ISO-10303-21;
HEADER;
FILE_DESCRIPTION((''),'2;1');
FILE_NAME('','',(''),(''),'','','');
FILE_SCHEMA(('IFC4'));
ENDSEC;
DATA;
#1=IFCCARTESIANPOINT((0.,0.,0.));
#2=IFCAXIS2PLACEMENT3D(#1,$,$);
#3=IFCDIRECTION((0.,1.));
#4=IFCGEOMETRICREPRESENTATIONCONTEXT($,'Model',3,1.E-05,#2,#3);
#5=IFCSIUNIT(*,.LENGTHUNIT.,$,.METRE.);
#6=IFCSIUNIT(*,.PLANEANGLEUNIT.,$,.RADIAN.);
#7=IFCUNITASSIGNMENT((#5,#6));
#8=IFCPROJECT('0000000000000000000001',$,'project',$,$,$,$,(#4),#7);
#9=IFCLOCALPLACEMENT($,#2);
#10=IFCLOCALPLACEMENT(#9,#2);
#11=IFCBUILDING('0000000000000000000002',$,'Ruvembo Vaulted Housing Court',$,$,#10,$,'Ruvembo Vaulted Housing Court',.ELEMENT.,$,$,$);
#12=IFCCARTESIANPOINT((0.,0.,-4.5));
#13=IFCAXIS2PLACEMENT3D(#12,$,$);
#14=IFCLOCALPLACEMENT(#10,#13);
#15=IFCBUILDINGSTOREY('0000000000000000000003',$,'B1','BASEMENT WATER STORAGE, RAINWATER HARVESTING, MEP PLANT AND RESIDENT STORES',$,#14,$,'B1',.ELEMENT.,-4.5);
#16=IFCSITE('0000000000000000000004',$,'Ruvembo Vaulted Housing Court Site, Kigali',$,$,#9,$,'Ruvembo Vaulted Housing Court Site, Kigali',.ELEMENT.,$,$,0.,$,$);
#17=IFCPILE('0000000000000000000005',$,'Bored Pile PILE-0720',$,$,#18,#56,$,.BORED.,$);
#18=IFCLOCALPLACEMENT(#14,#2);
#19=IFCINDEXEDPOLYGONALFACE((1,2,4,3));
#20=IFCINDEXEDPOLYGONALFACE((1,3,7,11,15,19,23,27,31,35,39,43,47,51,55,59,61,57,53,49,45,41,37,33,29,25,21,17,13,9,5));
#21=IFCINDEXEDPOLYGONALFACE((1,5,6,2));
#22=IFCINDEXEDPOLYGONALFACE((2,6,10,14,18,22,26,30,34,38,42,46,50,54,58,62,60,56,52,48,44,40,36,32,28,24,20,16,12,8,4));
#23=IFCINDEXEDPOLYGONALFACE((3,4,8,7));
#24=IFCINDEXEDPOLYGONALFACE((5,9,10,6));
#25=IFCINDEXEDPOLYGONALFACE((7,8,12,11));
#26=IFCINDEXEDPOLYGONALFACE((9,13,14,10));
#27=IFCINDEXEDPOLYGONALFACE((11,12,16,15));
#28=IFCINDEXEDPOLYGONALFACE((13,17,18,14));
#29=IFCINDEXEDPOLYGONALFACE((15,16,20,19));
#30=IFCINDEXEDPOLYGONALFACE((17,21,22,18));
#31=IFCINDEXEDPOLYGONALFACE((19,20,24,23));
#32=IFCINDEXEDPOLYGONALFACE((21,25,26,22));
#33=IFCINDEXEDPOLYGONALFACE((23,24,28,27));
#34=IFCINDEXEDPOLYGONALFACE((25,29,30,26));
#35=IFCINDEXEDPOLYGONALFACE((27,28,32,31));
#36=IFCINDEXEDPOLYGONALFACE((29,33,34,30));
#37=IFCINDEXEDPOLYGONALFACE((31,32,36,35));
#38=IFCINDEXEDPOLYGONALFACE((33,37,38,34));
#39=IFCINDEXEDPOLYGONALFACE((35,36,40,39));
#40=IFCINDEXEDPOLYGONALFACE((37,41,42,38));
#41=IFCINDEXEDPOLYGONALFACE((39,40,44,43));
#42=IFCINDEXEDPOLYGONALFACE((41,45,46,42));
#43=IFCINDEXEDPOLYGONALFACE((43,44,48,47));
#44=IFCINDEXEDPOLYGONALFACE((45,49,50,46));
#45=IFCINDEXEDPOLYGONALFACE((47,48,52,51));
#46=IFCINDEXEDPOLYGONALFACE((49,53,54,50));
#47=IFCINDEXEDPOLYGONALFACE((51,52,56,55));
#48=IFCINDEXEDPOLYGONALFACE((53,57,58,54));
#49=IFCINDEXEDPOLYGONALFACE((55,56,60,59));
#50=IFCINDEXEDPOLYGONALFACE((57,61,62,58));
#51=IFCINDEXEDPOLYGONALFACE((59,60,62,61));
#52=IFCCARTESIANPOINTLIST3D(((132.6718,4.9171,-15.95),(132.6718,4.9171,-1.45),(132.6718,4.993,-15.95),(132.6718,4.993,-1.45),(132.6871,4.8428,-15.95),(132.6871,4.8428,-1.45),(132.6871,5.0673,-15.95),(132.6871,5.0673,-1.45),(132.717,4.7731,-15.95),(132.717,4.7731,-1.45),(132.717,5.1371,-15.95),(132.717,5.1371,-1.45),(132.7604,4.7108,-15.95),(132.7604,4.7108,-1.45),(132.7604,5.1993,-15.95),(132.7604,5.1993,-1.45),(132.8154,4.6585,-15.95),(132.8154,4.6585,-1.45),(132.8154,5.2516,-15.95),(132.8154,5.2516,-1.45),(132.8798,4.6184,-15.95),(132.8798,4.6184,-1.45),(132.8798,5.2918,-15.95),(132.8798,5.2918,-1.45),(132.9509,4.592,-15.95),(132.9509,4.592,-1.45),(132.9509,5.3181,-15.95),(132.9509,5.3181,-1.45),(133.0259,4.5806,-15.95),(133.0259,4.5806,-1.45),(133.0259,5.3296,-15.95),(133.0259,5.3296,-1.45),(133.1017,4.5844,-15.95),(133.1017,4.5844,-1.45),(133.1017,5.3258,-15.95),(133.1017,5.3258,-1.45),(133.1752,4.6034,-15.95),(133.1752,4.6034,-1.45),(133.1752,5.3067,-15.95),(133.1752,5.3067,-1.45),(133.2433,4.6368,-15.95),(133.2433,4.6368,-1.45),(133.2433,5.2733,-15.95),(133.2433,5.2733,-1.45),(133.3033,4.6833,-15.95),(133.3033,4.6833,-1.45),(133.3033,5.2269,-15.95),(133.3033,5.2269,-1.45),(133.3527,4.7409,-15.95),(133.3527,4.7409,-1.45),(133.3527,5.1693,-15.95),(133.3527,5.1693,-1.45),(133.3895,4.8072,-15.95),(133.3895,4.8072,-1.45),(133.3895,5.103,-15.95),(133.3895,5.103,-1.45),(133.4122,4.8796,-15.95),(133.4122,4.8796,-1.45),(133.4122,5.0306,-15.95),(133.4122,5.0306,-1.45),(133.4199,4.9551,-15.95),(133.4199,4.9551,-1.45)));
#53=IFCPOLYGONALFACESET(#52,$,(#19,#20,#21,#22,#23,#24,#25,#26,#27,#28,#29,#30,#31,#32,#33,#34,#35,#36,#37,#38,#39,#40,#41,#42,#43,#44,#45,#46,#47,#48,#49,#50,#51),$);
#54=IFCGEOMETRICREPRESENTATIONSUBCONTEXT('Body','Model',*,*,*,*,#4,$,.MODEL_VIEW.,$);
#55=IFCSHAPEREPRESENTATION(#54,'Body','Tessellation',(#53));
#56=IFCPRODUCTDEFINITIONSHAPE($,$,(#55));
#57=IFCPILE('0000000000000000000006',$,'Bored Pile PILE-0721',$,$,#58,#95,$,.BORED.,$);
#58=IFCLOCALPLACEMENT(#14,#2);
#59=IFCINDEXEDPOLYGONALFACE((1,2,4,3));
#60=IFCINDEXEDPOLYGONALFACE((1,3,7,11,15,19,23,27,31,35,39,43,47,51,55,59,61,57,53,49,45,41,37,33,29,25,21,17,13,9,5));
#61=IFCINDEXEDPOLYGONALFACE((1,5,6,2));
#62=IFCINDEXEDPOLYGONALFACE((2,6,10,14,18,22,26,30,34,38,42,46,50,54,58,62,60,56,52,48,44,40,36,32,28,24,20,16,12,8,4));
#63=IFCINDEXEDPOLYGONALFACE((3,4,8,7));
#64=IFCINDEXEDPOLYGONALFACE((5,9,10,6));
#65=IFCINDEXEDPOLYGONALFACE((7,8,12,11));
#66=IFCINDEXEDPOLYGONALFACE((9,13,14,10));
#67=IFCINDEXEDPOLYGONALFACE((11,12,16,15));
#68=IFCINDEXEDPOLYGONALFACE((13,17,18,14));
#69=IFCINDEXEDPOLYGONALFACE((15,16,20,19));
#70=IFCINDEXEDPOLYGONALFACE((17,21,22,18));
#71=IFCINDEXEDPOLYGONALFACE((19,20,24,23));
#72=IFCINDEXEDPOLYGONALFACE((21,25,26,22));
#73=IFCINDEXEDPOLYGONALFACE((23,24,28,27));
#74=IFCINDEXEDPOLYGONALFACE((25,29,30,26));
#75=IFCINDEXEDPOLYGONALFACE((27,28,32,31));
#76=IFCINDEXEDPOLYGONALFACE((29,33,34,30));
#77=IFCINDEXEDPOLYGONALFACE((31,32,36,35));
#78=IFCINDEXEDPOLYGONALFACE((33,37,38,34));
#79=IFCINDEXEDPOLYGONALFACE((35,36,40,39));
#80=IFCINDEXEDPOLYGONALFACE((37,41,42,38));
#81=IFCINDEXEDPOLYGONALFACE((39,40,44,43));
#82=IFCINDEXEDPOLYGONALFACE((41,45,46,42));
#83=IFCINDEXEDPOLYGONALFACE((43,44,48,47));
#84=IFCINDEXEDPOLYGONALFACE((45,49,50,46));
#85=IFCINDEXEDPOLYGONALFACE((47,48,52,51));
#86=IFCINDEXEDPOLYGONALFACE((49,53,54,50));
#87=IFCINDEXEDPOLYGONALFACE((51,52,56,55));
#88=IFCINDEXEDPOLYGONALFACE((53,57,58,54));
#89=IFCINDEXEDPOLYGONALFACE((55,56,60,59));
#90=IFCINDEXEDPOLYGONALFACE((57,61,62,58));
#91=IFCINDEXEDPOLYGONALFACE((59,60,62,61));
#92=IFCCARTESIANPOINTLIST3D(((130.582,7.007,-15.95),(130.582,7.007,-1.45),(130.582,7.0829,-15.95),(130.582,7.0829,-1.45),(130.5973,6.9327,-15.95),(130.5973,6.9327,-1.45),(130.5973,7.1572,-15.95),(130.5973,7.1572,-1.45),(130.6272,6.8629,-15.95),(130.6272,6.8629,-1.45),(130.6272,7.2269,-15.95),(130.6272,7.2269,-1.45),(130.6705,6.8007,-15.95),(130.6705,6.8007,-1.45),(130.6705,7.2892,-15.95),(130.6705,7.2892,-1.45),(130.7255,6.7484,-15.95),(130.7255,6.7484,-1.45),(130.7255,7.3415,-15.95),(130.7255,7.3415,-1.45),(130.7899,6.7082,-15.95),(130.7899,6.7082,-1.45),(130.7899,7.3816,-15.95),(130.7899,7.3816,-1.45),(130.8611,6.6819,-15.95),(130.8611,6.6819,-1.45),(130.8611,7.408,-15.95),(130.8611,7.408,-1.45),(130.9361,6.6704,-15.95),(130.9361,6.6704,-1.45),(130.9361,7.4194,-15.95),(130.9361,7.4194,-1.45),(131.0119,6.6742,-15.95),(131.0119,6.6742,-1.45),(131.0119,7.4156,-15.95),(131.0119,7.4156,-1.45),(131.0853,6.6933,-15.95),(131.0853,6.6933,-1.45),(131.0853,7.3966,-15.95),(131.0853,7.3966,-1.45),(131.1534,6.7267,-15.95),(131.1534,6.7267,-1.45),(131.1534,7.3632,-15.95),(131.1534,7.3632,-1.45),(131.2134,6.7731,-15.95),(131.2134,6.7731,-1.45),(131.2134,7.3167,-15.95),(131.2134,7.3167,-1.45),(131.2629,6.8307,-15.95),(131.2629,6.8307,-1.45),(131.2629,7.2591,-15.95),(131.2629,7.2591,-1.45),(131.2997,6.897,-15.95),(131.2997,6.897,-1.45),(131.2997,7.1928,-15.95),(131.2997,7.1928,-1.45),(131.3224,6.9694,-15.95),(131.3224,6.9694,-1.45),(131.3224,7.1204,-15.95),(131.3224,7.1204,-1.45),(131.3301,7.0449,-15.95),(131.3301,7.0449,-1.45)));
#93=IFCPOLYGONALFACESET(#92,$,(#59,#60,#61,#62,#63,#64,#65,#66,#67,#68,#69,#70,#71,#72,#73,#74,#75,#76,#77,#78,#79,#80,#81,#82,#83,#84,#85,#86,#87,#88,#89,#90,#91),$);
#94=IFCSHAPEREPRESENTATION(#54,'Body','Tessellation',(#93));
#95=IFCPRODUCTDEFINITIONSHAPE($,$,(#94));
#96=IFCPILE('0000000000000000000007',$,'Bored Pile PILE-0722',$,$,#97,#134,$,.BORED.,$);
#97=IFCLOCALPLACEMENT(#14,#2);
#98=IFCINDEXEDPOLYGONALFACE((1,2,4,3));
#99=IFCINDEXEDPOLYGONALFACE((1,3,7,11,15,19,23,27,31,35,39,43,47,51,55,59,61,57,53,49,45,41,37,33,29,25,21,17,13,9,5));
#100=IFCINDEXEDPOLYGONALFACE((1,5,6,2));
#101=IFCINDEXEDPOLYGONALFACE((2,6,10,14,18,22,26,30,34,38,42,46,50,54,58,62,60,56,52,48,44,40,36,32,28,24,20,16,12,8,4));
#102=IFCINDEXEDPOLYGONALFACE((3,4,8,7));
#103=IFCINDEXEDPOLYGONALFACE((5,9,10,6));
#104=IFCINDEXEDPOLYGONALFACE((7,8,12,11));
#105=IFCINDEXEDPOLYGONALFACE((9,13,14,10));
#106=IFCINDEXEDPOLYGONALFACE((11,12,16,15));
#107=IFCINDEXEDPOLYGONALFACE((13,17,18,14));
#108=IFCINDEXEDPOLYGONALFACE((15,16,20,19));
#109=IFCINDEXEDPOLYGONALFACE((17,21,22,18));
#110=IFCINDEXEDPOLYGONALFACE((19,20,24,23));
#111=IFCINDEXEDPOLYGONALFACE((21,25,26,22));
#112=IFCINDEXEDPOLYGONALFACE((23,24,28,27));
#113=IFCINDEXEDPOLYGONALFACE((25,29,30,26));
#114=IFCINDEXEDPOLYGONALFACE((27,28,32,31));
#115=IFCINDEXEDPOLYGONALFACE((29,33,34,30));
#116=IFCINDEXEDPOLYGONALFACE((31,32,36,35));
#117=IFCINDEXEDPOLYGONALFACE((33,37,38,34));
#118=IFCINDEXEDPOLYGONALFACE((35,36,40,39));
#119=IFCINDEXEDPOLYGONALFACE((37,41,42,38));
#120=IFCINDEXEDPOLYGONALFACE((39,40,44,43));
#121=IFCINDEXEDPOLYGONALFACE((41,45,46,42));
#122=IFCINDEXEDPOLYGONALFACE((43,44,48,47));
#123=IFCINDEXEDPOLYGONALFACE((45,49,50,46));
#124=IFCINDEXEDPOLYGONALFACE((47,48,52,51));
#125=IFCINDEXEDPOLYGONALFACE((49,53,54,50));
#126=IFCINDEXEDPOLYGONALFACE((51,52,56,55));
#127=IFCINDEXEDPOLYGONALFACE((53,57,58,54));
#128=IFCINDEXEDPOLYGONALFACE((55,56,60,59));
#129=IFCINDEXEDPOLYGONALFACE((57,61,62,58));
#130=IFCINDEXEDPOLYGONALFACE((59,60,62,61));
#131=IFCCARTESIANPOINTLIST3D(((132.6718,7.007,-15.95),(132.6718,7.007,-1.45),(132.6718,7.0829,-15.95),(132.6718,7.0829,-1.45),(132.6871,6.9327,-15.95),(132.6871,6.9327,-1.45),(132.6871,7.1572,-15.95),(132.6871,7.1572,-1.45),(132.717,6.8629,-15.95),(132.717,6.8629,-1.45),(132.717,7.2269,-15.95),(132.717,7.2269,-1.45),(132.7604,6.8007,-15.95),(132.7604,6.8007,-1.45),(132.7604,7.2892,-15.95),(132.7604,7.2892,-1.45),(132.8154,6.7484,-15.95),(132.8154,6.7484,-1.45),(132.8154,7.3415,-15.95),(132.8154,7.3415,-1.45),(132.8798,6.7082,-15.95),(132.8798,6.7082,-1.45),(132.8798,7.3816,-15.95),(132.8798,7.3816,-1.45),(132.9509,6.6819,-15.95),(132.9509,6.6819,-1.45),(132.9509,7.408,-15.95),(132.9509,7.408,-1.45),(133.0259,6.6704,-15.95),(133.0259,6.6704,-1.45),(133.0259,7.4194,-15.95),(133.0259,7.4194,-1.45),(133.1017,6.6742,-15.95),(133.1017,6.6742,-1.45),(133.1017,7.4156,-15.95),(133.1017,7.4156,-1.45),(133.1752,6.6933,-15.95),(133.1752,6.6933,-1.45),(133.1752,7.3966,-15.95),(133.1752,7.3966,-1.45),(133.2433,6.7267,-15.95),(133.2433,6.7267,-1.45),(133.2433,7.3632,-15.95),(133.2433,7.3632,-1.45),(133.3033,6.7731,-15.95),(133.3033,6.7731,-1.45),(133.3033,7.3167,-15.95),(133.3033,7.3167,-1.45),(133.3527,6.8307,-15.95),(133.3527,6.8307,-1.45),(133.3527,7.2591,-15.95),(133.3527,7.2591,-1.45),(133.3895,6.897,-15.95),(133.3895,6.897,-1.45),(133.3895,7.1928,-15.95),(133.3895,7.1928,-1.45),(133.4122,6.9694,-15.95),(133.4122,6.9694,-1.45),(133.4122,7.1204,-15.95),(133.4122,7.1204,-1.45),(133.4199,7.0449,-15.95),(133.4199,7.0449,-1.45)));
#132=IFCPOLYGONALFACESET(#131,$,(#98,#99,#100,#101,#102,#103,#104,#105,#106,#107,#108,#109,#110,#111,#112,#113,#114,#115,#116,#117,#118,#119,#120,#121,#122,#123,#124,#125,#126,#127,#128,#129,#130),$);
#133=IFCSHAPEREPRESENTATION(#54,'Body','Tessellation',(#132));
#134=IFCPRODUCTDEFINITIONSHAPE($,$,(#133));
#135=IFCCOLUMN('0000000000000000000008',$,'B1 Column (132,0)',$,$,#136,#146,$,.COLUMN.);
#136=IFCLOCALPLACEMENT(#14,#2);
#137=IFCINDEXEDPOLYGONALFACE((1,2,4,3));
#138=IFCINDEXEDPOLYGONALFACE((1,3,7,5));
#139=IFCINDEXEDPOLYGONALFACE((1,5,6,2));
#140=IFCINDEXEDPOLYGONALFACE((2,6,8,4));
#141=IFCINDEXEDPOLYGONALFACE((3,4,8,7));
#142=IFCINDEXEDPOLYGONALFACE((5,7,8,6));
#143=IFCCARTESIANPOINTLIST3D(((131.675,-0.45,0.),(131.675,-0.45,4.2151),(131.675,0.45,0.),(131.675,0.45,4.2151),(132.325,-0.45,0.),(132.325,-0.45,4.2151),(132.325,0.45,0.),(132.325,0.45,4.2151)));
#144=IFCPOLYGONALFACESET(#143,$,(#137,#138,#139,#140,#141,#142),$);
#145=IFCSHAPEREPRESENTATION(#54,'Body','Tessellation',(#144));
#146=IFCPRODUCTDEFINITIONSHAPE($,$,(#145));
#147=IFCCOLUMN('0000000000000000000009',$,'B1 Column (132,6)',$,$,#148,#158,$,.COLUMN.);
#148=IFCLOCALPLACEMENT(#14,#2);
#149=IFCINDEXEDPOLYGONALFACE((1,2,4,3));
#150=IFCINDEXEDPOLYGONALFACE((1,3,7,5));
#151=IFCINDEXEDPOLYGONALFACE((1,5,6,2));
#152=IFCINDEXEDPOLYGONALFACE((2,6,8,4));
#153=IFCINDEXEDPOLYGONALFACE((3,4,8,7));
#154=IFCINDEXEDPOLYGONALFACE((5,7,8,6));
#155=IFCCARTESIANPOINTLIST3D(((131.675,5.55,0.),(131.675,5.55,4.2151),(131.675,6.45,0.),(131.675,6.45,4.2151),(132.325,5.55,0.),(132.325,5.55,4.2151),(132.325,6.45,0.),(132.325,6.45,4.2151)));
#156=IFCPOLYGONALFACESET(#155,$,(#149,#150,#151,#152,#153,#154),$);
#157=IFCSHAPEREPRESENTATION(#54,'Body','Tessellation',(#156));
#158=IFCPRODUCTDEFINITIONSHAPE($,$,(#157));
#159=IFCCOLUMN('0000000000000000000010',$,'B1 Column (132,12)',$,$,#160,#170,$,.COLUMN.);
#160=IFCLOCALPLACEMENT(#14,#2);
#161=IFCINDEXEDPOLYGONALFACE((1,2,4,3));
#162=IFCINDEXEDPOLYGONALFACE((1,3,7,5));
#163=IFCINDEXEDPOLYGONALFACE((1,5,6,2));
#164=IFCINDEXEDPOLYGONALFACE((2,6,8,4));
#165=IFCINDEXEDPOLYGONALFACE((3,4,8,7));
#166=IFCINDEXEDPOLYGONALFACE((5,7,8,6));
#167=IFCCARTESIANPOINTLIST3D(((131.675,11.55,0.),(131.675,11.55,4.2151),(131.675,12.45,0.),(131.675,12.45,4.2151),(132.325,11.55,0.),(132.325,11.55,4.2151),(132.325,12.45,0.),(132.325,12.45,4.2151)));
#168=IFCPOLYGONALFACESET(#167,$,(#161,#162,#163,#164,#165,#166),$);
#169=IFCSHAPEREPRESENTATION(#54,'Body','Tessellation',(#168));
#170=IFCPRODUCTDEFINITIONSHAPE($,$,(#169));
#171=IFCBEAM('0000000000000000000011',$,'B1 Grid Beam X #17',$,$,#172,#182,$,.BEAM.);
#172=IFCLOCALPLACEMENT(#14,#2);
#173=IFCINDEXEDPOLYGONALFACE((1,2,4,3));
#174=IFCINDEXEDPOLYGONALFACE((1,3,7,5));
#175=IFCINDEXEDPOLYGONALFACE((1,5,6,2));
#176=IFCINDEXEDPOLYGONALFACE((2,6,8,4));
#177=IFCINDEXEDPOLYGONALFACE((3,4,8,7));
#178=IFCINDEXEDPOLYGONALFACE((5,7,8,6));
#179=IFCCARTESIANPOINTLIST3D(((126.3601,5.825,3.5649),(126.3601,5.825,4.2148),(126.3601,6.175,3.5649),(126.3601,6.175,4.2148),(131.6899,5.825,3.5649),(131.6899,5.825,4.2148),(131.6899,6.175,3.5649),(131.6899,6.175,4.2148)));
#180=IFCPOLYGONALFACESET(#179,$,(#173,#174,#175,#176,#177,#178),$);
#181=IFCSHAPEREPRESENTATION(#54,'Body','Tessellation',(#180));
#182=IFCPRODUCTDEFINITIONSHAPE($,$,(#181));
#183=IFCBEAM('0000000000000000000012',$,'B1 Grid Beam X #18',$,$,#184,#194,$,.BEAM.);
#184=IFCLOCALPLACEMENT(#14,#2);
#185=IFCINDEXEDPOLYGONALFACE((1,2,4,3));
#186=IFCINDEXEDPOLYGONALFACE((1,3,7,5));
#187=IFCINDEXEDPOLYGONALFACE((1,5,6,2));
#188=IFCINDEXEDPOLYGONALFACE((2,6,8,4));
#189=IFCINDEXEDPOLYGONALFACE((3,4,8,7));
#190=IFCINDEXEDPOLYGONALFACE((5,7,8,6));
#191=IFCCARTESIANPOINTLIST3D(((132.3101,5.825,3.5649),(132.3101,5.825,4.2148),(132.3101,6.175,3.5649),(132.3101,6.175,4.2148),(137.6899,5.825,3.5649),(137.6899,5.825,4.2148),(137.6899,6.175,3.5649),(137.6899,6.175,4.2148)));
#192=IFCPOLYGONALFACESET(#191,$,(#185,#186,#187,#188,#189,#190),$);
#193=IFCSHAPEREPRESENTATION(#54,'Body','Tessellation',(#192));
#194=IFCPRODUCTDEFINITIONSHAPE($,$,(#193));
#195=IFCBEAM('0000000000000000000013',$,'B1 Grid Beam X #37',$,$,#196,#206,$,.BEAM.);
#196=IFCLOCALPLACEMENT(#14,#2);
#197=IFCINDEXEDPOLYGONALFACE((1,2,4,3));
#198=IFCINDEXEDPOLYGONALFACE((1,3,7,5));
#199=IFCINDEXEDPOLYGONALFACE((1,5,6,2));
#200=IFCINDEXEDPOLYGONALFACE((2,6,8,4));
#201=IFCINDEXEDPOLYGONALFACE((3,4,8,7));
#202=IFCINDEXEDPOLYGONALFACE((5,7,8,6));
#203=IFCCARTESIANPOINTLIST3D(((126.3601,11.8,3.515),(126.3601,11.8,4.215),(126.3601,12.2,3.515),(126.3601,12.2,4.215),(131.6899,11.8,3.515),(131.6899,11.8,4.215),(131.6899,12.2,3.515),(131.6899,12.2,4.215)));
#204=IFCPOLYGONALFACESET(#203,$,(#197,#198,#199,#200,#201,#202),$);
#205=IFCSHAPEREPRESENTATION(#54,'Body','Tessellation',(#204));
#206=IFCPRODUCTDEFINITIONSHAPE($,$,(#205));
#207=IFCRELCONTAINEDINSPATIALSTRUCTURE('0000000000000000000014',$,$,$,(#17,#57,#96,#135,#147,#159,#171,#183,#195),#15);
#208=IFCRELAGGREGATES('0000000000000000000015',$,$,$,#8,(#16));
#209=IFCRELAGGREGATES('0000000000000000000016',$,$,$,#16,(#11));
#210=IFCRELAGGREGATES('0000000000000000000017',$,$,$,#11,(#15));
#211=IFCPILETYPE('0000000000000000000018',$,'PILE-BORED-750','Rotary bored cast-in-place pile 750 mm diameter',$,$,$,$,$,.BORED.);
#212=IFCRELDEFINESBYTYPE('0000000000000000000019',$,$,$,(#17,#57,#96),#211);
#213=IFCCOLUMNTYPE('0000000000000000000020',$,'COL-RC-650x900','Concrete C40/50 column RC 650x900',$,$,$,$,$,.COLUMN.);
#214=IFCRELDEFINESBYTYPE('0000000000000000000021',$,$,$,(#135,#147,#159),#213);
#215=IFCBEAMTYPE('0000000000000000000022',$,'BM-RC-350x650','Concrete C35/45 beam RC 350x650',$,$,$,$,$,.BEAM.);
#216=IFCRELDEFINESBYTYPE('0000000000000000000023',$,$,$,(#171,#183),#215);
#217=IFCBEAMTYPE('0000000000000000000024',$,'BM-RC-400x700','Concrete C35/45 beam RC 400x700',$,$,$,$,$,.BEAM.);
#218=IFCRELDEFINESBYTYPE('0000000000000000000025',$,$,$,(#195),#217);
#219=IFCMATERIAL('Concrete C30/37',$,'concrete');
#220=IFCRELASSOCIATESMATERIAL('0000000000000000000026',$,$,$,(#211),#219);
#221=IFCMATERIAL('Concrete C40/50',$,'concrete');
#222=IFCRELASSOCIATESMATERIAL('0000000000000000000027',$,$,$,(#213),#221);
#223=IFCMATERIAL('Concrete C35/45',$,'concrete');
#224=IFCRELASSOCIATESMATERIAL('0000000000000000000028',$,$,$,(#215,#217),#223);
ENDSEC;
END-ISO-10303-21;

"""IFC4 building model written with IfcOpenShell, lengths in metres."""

from ifc_helpers import new_model, si_unit, direction, frame, origin, origin_2d, place, context, subcontext, project, spatial, rectangle, circle, extrude, material, material_profile, profile_set, type_object, element, save


model = new_model("IFC4")

# Units and contexts
model_context = context("Model", 3, precision=1e-05, world=origin(), true_north=direction((0.0, 1.0)))
body_context = subcontext(model_context, "Body", "Model", "MODEL_VIEW")
ifc_project = project(units=[si_unit("LENGTHUNIT", "METRE"), si_unit("PLANEANGLEUNIT", "RADIAN")], contexts=[model_context])

# Site, building, storey
site_placement = place(None, origin())
site = spatial("IfcSite", under=ifc_project, at=site_placement, Name="Ruvembo Vaulted Housing Court Site, Kigali", LongName="Ruvembo Vaulted Housing Court Site, Kigali", CompositionType="ELEMENT", RefElevation=0.0)
building_placement = place(site_placement, origin())
building = spatial("IfcBuilding", under=site, at=building_placement, Name="Ruvembo Vaulted Housing Court", LongName="Ruvembo Vaulted Housing Court", CompositionType="ELEMENT")
storey_placement = place(building_placement, frame((0.0, 0.0, -4.5)))
storey = spatial("IfcBuildingStorey", under=building, at=storey_placement, Name="B1", Description="BASEMENT WATER STORAGE, RAINWATER HARVESTING, MEP PLANT AND RESIDENT STORES", LongName="B1", CompositionType="ELEMENT", Elevation=-4.5)

# Shared definitions
ifc_material_1 = material(Name="Concrete C35/45", Category="concrete")

# Piles
ifc_material_2 = material(Name="Concrete C30/37", Category="concrete")
ifc_material_profile_1 = material_profile(ifc_material_2, circle(Radius=0.375, at=origin_2d()), Name="PILE D750")
ifc_profile_set_1 = profile_set([ifc_material_profile_1], Name="Concrete C30/37")
pile_type = type_object("IfcPileType", Name="PILE-BORED-750", Description="Rotary bored cast-in-place pile 750 mm diameter", PredefinedType="BORED", material=ifc_profile_set_1)
for number, where, z_axis, x_axis, name in (
    (1, (133.0449, 4.9551, -1.45), (0.0, 0.0, -1.0), (1.0, 0.0, 0.0), "Bored Pile PILE-0720"),
    (2, (130.9551, 7.0449, -1.45), (0.0, 0.0, -1.0), (1.0, 0.0, 0.0), "Bored Pile PILE-0721"),
    (3, (133.0449, 7.0449, -1.45), (0.0, 0.0, -1.0), (1.0, 0.0, 0.0), "Bored Pile PILE-0722"),
):
    element("IfcPile", number, at=place(storey_placement, frame(where, z_axis=z_axis, x_axis=x_axis)), inside=storey, type_object=pile_type, Name=name, PredefinedType="BORED", context=body_context, shape_type="SweptSolid", body=[
        extrude(circle(Radius=0.375, at=origin_2d()), origin(), (0.0, 0.0, 1.0), 14.5),
    ])

# Columns
ifc_material_3 = material(Name="Concrete C40/50", Category="concrete")
ifc_material_profile_2 = material_profile(ifc_material_3, rectangle(XDim=0.6499, YDim=0.8999, at=origin_2d()), Name="RC 650x900")
ifc_profile_set_2 = profile_set([ifc_material_profile_2], Name="Concrete C40/50")
column_type = type_object("IfcColumnType", Name="COL-RC-650x900", Description="Concrete C40/50 column RC 650x900", PredefinedType="COLUMN", material=ifc_profile_set_2)
for number, where, z_axis, x_axis, name in (
    (4, (132.0, 0.0, 0.0), (0.0, 0.0, 1.0), (1.0, 0.0, 0.0), "B1 Column (132,0)"),
    (5, (132.0, 6.0, 0.0), (0.0, 0.0, 1.0), (1.0, 0.0, 0.0), "B1 Column (132,6)"),
    (6, (132.0, 12.0, 0.0), (0.0, 0.0, 1.0), (1.0, 0.0, 0.0), "B1 Column (132,12)"),
):
    element("IfcColumn", number, at=place(storey_placement, frame(where, z_axis=z_axis, x_axis=x_axis)), inside=storey, type_object=column_type, Name=name, PredefinedType="COLUMN", context=body_context, shape_type="SweptSolid", body=[
        extrude(rectangle(XDim=0.6499, YDim=0.8999, at=origin_2d()), origin(), (0.0, 0.0, 1.0), 4.2151),
    ])

# Beams
ifc_material_profile_3 = material_profile(ifc_material_1, rectangle(XDim=0.3501, YDim=0.6499, at=origin_2d()), Name="RC 350x650")
ifc_profile_set_3 = profile_set([ifc_material_profile_3], Name="Concrete C35/45")
beam_type_1 = type_object("IfcBeamType", Name="BM-RC-350x650", Description="Concrete C35/45 beam RC 350x650", PredefinedType="BEAM", material=ifc_profile_set_3)
beam_1_placement = place(storey_placement, frame((126.3601, 6.0, 3.8899), z_axis=(1.0, 0.0, 0.0), x_axis=(0.0, 1.0, 0.0)))
element("IfcBeam", 7, at=beam_1_placement, inside=storey, type_object=beam_type_1, Name="B1 Grid Beam X #17", PredefinedType="BEAM", context=body_context, shape_type="SweptSolid", body=[
    extrude(rectangle(XDim=0.3501, YDim=0.6499, at=origin_2d()), origin(), (0.0, 0.0, 1.0), 5.3298),
])
beam_2_placement = place(storey_placement, frame((132.3101, 6.0, 3.8899), z_axis=(1.0, 0.0, 0.0), x_axis=(0.0, 1.0, 0.0)))
element("IfcBeam", 8, at=beam_2_placement, inside=storey, type_object=beam_type_1, Name="B1 Grid Beam X #18", PredefinedType="BEAM", context=body_context, shape_type="SweptSolid", body=[
    extrude(rectangle(XDim=0.3501, YDim=0.6499, at=origin_2d()), origin(), (0.0, 0.0, 1.0), 5.3799),
])
ifc_material_profile_4 = material_profile(ifc_material_1, rectangle(XDim=0.3999, YDim=0.7, at=origin_2d()), Name="RC 400x700")
ifc_profile_set_4 = profile_set([ifc_material_profile_4], Name="Concrete C35/45")
beam_type_2 = type_object("IfcBeamType", Name="BM-RC-400x700", Description="Concrete C35/45 beam RC 400x700", PredefinedType="BEAM", material=ifc_profile_set_4)
beam_3_placement = place(storey_placement, frame((126.3601, 12.0, 3.865), z_axis=(1.0, 0.0, 0.0), x_axis=(0.0, 1.0, 0.0)))
element("IfcBeam", 9, at=beam_3_placement, inside=storey, type_object=beam_type_2, Name="B1 Grid Beam X #37", PredefinedType="BEAM", context=body_context, shape_type="SweptSolid", body=[
    extrude(rectangle(XDim=0.3999, YDim=0.7, at=origin_2d()), origin(), (0.0, 0.0, 1.0), 5.3298),
])

save(model, "model.ifc")
